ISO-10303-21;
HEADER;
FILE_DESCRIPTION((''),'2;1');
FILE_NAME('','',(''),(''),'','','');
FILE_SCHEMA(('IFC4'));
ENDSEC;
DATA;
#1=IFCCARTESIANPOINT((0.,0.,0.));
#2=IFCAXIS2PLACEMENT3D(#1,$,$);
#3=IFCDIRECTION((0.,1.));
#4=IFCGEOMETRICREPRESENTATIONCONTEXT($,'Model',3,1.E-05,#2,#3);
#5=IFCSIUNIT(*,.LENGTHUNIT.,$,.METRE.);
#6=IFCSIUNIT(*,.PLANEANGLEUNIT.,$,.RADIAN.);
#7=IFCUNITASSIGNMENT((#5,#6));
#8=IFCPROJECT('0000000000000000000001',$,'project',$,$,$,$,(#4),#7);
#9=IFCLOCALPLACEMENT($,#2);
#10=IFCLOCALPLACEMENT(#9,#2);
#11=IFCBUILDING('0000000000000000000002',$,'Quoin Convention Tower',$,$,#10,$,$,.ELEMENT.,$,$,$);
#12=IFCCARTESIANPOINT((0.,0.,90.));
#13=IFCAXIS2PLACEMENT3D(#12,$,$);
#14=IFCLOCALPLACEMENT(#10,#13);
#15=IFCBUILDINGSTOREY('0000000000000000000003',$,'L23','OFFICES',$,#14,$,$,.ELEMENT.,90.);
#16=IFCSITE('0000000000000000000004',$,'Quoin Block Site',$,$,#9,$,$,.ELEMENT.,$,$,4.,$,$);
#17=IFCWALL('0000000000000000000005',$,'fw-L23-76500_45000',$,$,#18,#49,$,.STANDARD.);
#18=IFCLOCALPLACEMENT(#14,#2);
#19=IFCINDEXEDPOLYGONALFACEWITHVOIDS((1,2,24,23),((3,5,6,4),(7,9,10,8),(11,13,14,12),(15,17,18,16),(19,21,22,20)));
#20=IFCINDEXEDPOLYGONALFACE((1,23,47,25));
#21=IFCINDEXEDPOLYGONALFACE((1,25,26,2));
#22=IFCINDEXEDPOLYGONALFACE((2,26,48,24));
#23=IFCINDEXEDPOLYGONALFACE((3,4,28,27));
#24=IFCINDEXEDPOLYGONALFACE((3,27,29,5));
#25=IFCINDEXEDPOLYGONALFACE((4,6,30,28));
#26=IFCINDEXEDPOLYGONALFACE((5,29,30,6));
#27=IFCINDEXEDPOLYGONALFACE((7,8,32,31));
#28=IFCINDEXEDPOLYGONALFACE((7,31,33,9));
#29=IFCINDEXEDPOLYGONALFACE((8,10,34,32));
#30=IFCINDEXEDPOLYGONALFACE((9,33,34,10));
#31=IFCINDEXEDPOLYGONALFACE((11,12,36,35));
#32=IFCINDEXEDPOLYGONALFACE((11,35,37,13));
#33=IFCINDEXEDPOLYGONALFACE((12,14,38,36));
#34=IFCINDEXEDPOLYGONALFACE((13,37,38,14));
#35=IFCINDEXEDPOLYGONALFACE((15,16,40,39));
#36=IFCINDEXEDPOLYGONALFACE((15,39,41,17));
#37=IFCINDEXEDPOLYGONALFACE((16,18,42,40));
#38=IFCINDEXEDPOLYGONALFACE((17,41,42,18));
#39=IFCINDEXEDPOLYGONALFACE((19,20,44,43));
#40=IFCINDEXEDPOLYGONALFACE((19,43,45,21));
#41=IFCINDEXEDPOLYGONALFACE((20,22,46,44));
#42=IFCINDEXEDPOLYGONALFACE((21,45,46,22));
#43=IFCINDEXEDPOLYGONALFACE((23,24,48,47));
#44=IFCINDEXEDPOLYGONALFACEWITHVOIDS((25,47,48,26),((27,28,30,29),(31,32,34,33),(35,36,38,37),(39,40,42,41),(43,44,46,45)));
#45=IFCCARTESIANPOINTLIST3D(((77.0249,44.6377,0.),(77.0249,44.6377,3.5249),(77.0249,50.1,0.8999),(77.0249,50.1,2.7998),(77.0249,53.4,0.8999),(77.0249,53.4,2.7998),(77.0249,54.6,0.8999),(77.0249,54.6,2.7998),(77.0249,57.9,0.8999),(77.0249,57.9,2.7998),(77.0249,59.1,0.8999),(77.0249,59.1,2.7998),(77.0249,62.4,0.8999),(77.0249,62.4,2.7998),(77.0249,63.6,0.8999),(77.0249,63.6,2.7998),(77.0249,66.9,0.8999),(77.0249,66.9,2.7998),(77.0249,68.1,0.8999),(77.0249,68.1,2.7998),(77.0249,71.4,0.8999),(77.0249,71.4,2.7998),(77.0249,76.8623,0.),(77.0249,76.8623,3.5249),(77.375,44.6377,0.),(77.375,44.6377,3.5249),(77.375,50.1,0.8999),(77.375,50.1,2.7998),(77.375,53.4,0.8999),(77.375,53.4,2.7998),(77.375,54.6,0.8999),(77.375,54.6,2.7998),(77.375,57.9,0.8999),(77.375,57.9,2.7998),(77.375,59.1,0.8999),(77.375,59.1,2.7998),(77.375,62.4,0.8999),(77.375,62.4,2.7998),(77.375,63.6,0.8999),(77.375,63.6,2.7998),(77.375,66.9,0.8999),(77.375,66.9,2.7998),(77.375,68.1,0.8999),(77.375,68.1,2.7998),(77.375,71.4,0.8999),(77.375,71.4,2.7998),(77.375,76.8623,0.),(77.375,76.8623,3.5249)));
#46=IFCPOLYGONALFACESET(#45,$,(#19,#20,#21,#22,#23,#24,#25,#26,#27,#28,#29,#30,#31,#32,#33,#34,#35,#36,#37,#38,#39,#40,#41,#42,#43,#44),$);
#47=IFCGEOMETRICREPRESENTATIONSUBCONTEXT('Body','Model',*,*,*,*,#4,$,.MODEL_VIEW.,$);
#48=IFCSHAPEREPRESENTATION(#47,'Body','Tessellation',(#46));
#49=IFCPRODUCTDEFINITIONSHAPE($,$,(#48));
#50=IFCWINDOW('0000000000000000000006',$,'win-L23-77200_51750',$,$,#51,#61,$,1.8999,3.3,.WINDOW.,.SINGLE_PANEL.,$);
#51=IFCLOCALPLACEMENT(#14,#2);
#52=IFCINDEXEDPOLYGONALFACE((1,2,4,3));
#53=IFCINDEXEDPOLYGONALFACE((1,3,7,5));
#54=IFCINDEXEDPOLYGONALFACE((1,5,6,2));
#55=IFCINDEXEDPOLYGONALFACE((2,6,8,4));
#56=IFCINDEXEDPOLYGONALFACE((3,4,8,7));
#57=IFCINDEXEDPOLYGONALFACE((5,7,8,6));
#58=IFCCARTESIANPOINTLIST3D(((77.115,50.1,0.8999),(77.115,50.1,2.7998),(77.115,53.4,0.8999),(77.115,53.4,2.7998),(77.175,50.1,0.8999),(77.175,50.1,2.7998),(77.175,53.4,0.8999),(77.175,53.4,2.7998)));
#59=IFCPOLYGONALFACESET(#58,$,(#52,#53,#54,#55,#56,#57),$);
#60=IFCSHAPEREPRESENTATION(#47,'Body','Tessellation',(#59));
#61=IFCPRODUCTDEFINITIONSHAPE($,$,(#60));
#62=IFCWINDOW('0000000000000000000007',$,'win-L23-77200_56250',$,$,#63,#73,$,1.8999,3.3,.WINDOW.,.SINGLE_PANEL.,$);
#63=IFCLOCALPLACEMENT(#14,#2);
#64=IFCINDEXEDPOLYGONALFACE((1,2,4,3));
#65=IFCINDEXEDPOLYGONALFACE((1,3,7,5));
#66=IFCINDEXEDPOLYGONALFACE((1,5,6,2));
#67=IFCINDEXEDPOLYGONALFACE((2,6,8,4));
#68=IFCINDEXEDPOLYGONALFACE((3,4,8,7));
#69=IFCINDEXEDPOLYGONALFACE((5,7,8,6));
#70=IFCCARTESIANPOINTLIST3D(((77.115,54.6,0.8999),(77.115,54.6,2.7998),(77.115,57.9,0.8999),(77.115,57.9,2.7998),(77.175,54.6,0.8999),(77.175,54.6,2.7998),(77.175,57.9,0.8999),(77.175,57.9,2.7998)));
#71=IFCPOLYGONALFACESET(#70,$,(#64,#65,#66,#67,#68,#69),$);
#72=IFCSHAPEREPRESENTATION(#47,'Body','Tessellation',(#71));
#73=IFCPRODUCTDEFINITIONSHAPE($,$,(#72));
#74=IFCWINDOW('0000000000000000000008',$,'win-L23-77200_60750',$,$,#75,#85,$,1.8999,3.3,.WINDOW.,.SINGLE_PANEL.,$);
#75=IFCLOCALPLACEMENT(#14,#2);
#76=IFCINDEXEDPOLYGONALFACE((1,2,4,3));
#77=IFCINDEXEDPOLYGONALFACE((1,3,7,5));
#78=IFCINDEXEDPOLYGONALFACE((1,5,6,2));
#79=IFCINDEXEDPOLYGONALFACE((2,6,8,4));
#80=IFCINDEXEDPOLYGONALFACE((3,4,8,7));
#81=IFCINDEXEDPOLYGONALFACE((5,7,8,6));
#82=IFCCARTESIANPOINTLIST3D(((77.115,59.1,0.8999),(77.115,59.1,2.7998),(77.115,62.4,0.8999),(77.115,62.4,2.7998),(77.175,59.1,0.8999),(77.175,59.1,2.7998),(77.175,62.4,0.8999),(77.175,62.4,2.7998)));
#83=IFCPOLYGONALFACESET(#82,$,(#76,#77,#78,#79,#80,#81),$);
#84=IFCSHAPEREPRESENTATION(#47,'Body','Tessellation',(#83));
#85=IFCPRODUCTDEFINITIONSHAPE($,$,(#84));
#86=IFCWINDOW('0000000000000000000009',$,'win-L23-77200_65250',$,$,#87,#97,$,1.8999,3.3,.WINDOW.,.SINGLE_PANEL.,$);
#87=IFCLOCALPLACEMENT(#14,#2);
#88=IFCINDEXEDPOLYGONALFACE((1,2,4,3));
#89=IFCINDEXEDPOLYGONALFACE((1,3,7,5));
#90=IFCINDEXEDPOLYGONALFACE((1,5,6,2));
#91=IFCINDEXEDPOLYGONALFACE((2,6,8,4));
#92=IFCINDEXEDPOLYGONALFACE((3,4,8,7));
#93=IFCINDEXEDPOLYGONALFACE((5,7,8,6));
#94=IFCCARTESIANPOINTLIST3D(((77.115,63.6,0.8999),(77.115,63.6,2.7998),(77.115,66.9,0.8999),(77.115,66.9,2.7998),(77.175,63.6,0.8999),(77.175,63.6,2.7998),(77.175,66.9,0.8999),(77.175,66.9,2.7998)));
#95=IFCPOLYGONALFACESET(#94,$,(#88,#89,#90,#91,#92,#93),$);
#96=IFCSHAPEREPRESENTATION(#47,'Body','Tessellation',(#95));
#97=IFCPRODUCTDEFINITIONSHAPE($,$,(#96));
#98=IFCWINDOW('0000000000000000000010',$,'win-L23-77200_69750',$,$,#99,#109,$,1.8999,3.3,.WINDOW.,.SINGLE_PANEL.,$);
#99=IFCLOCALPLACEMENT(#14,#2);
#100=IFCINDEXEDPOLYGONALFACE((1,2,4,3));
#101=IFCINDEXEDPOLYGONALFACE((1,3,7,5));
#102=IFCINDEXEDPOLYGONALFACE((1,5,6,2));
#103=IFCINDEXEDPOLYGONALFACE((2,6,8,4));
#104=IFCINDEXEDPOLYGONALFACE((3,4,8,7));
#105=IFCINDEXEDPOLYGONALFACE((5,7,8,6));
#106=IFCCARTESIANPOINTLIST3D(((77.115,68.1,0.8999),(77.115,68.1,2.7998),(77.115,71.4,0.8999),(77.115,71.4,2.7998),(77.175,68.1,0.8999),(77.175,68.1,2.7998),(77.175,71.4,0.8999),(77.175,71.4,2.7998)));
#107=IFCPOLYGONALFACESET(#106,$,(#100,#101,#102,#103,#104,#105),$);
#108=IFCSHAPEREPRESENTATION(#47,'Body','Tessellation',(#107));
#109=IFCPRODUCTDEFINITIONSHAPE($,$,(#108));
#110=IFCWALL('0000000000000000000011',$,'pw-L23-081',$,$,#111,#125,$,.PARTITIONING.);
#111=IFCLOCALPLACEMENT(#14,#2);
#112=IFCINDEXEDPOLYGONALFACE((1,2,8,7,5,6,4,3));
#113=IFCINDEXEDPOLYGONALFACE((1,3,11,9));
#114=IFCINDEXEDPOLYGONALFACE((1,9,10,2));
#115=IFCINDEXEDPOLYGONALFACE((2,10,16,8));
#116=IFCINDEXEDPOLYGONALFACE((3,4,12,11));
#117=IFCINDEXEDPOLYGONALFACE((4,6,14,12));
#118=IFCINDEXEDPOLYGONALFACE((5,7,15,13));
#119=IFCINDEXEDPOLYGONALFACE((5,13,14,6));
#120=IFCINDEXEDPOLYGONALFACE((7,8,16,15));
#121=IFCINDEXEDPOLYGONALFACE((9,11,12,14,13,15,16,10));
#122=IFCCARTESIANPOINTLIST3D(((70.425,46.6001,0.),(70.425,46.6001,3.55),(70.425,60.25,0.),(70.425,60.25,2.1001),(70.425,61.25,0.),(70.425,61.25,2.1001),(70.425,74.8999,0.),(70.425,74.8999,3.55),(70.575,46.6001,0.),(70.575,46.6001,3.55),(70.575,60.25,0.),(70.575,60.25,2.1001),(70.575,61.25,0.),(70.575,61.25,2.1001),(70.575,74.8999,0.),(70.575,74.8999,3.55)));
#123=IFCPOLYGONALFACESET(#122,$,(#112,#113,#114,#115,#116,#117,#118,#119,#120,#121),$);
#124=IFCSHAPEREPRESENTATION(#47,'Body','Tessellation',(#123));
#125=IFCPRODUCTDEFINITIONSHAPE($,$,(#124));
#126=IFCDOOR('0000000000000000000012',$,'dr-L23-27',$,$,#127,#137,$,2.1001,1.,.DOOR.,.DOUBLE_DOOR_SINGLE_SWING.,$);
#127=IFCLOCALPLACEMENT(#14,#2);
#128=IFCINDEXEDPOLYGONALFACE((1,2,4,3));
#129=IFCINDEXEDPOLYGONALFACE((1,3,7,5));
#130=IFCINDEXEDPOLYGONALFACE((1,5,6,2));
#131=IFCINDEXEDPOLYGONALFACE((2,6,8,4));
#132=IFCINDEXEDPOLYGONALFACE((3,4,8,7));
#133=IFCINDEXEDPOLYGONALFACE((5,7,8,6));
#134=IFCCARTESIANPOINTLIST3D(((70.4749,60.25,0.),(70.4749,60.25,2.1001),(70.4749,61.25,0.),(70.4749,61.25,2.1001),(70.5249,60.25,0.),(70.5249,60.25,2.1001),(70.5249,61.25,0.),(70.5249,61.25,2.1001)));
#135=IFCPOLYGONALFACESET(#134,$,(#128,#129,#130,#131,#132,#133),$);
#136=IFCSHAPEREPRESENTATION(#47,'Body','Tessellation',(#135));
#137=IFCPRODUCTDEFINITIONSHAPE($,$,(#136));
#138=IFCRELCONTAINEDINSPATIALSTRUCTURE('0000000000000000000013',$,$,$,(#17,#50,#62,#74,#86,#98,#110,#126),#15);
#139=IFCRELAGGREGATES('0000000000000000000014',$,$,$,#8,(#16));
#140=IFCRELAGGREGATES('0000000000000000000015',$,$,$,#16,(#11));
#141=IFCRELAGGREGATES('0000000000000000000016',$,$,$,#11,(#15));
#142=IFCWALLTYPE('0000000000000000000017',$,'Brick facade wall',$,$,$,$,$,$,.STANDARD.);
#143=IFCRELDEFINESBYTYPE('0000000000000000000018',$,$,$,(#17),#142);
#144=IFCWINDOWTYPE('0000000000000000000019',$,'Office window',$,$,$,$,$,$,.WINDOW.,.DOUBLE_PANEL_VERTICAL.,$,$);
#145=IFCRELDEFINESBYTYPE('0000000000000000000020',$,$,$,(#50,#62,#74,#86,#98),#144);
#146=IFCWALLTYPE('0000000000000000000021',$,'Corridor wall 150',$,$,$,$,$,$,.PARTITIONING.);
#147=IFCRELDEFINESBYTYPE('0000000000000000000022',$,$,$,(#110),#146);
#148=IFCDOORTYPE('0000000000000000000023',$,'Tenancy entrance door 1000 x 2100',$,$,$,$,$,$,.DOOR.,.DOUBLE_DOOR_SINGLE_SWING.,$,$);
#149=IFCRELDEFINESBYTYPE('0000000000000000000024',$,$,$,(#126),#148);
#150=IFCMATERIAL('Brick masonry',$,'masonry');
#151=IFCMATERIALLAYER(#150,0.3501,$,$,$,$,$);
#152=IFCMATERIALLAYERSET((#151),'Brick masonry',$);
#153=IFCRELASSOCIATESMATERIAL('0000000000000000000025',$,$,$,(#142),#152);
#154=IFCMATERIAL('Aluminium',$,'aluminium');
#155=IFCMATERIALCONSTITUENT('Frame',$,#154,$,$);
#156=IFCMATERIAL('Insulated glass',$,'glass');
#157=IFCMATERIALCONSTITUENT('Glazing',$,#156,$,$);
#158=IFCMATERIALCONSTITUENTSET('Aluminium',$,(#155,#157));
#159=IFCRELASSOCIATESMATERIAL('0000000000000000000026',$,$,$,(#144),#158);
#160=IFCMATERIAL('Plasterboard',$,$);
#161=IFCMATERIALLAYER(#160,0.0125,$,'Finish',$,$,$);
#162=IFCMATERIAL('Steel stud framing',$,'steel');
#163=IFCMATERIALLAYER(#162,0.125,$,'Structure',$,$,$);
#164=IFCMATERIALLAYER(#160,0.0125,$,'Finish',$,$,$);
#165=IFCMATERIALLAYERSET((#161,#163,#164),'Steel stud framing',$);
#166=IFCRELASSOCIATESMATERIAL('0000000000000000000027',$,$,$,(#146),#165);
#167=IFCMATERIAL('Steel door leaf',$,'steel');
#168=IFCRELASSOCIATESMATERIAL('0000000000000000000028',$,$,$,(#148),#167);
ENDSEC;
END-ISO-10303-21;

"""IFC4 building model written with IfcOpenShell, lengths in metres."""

from ifc_helpers import new_model, si_unit, direction, frame, frame_2d, origin, place, context, subcontext, project, spatial, rectangle, extrude, material, layer, layer_set, constituent, constituent_set, type_object, element, fill, save


model = new_model("IFC4")

# Units and contexts
model_context = context("Model", 3, precision=1e-05, world=origin(), true_north=direction((0.0, 1.0)))
body_context = subcontext(model_context, "Body", "Model", "MODEL_VIEW")
ifc_project = project(units=[si_unit("LENGTHUNIT", "METRE"), si_unit("PLANEANGLEUNIT", "RADIAN")], contexts=[model_context])

# Site, building, storey
site_placement = place(None, origin())
site = spatial("IfcSite", under=ifc_project, at=site_placement, Name="Quoin Block Site", CompositionType="ELEMENT", RefElevation=4.0)
building_placement = place(site_placement, origin())
building = spatial("IfcBuilding", under=site, at=building_placement, Name="Quoin Convention Tower", CompositionType="ELEMENT")
storey_placement = place(building_placement, frame((0.0, 0.0, 90.0)))
storey = spatial("IfcBuildingStorey", under=building, at=storey_placement, Name="L23", Description="OFFICES", CompositionType="ELEMENT", Elevation=90.0)

# Wall, openings, windows
ifc_material_1 = material(Name="Brick masonry", Category="masonry")
ifc_layer_1 = layer(ifc_material_1, 0.3501)
ifc_layer_set_1 = layer_set([ifc_layer_1], Name="Brick masonry")
wall_type_1 = type_object("IfcWallType", Name="Brick facade wall", PredefinedType="STANDARD", material=ifc_layer_set_1)
wall_1_placement = place(storey_placement, frame((77.2, 44.6377, 0.0), z_axis=(0.0, 0.0, 1.0), x_axis=(0.0, 1.0, 0.0)))
wall_1 = element("IfcWall", 1, at=wall_1_placement, inside=storey, type_object=wall_type_1, Name="fw-L23-76500_45000", PredefinedType="STANDARD", context=body_context, shape_type="SweptSolid", body=[
    extrude(rectangle(XDim=32.2246, YDim=0.3501, at=frame_2d((16.1123, 0.0))), origin(), (0.0, 0.0, 1.0), 3.5249),
])
opening_1_placement = place(wall_1_placement, frame((5.4624, 0.0, 0.8999)))
opening_1 = element("IfcOpeningElement", 2, at=opening_1_placement, cuts=wall_1, PredefinedType="OPENING", context=body_context, shape_type="SweptSolid", body=[
    extrude(rectangle(XDim=3.3, YDim=1.8999, at=frame_2d((1.6499, 0.95))), frame((0.0, 0.1851, 0.0), z_axis=(0.0, -1.0, 0.0), x_axis=(1.0, 0.0, 0.0)), (0.0, 0.0, 1.0), 0.3701),
])
opening_2_placement = place(wall_1_placement, frame((9.9624, 0.0, 0.8999)))
opening_2 = element("IfcOpeningElement", 3, at=opening_2_placement, cuts=wall_1, PredefinedType="OPENING", context=body_context, shape_type="SweptSolid", body=[
    extrude(rectangle(XDim=3.3, YDim=1.8999, at=frame_2d((1.6499, 0.95))), frame((0.0, 0.1851, 0.0), z_axis=(0.0, -1.0, 0.0), x_axis=(1.0, 0.0, 0.0)), (0.0, 0.0, 1.0), 0.3701),
])
opening_3_placement = place(wall_1_placement, frame((14.4624, 0.0, 0.8999)))
opening_3 = element("IfcOpeningElement", 4, at=opening_3_placement, cuts=wall_1, PredefinedType="OPENING", context=body_context, shape_type="SweptSolid", body=[
    extrude(rectangle(XDim=3.3, YDim=1.8999, at=frame_2d((1.6499, 0.95))), frame((0.0, 0.1851, 0.0), z_axis=(0.0, -1.0, 0.0), x_axis=(1.0, 0.0, 0.0)), (0.0, 0.0, 1.0), 0.3701),
])
opening_4_placement = place(wall_1_placement, frame((18.9624, 0.0, 0.8999)))
opening_4 = element("IfcOpeningElement", 5, at=opening_4_placement, cuts=wall_1, PredefinedType="OPENING", context=body_context, shape_type="SweptSolid", body=[
    extrude(rectangle(XDim=3.3, YDim=1.8999, at=frame_2d((1.6499, 0.95))), frame((0.0, 0.1851, 0.0), z_axis=(0.0, -1.0, 0.0), x_axis=(1.0, 0.0, 0.0)), (0.0, 0.0, 1.0), 0.3701),
])
opening_5_placement = place(wall_1_placement, frame((23.4624, 0.0, 0.8999)))
opening_5 = element("IfcOpeningElement", 6, at=opening_5_placement, cuts=wall_1, PredefinedType="OPENING", context=body_context, shape_type="SweptSolid", body=[
    extrude(rectangle(XDim=3.3, YDim=1.8999, at=frame_2d((1.6499, 0.95))), frame((0.0, 0.1851, 0.0), z_axis=(0.0, -1.0, 0.0), x_axis=(1.0, 0.0, 0.0)), (0.0, 0.0, 1.0), 0.3701),
])
ifc_material_2 = material(Name="Aluminium", Category="aluminium")
ifc_constituent_1 = constituent(ifc_material_2, Name="Frame")
ifc_material_3 = material(Name="Insulated glass", Category="glass")
ifc_constituent_2 = constituent(ifc_material_3, Name="Glazing")
ifc_constituent_set = constituent_set(constituents=[ifc_constituent_1, ifc_constituent_2], Name="Aluminium")
window_type = type_object("IfcWindowType", Name="Office window", PartitioningType="DOUBLE_PANEL_VERTICAL", PredefinedType="WINDOW", material=ifc_constituent_set)
window_1_placement = place(opening_1_placement, origin())
window_1 = element("IfcWindow", 7, at=window_1_placement, inside=storey, type_object=window_type, Name="win-L23-77200_51750", OverallHeight=1.8999, OverallWidth=3.3, PartitioningType="SINGLE_PANEL", PredefinedType="WINDOW", context=body_context, shape_type="SweptSolid", body=[
    extrude(rectangle(XDim=3.3, YDim=1.8999, at=frame_2d((1.6499, 0.95))), frame((0.0, 0.085, 0.0), z_axis=(0.0, -1.0, 0.0), x_axis=(1.0, 0.0, 0.0)), (0.0, 0.0, 1.0), 0.0601),
])
fill(opening_1, window_1)
window_2_placement = place(opening_2_placement, origin())
window_2 = element("IfcWindow", 8, at=window_2_placement, inside=storey, type_object=window_type, Name="win-L23-77200_56250", OverallHeight=1.8999, OverallWidth=3.3, PartitioningType="SINGLE_PANEL", PredefinedType="WINDOW", context=body_context, shape_type="SweptSolid", body=[
    extrude(rectangle(XDim=3.3, YDim=1.8999, at=frame_2d((1.6499, 0.95))), frame((0.0, 0.085, 0.0), z_axis=(0.0, -1.0, 0.0), x_axis=(1.0, 0.0, 0.0)), (0.0, 0.0, 1.0), 0.0601),
])
fill(opening_2, window_2)
window_3_placement = place(opening_3_placement, origin())
window_3 = element("IfcWindow", 9, at=window_3_placement, inside=storey, type_object=window_type, Name="win-L23-77200_60750", OverallHeight=1.8999, OverallWidth=3.3, PartitioningType="SINGLE_PANEL", PredefinedType="WINDOW", context=body_context, shape_type="SweptSolid", body=[
    extrude(rectangle(XDim=3.3, YDim=1.8999, at=frame_2d((1.6499, 0.95))), frame((0.0, 0.085, 0.0), z_axis=(0.0, -1.0, 0.0), x_axis=(1.0, 0.0, 0.0)), (0.0, 0.0, 1.0), 0.0601),
])
fill(opening_3, window_3)
window_4_placement = place(opening_4_placement, origin())
window_4 = element("IfcWindow", 10, at=window_4_placement, inside=storey, type_object=window_type, Name="win-L23-77200_65250", OverallHeight=1.8999, OverallWidth=3.3, PartitioningType="SINGLE_PANEL", PredefinedType="WINDOW", context=body_context, shape_type="SweptSolid", body=[
    extrude(rectangle(XDim=3.3, YDim=1.8999, at=frame_2d((1.6499, 0.95))), frame((0.0, 0.085, 0.0), z_axis=(0.0, -1.0, 0.0), x_axis=(1.0, 0.0, 0.0)), (0.0, 0.0, 1.0), 0.0601),
])
fill(opening_4, window_4)
window_5_placement = place(opening_5_placement, origin())
window_5 = element("IfcWindow", 11, at=window_5_placement, inside=storey, type_object=window_type, Name="win-L23-77200_69750", OverallHeight=1.8999, OverallWidth=3.3, PartitioningType="SINGLE_PANEL", PredefinedType="WINDOW", context=body_context, shape_type="SweptSolid", body=[
    extrude(rectangle(XDim=3.3, YDim=1.8999, at=frame_2d((1.6499, 0.95))), frame((0.0, 0.085, 0.0), z_axis=(0.0, -1.0, 0.0), x_axis=(1.0, 0.0, 0.0)), (0.0, 0.0, 1.0), 0.0601),
])
fill(opening_5, window_5)

# Wall, opening, door
ifc_material_4 = material(Name="Plasterboard")
ifc_layer_2 = layer(ifc_material_4, 0.0125, Name="Finish")
ifc_material_5 = material(Name="Steel stud framing", Category="steel")
ifc_layer_3 = layer(ifc_material_5, 0.125, Name="Structure")
ifc_layer_4 = layer(ifc_material_4, 0.0125, Name="Finish")
ifc_layer_set_2 = layer_set([ifc_layer_2, ifc_layer_3, ifc_layer_4], Name="Steel stud framing")
wall_type_2 = type_object("IfcWallType", Name="Corridor wall 150", PredefinedType="PARTITIONING", material=ifc_layer_set_2)
wall_2_placement = place(storey_placement, frame((70.5, 46.6001, 0.0), z_axis=(0.0, 0.0, 1.0), x_axis=(0.0, 1.0, 0.0)))
wall_2 = element("IfcWall", 12, at=wall_2_placement, inside=storey, type_object=wall_type_2, Name="pw-L23-081", PredefinedType="PARTITIONING", context=body_context, shape_type="SweptSolid", body=[
    extrude(rectangle(XDim=28.2998, YDim=0.1499, at=frame_2d((14.1499, 0.0))), origin(), (0.0, 0.0, 1.0), 3.55),
])
opening_6_placement = place(wall_2_placement, frame((13.6499, 0.0, 0.0)))
opening_6 = element("IfcOpeningElement", 13, at=opening_6_placement, cuts=wall_2, PredefinedType="OPENING", context=body_context, shape_type="SweptSolid", body=[
    extrude(rectangle(XDim=1.0, YDim=2.1001, at=frame_2d((0.5, 1.05))), frame((0.0, 0.085, 0.0), z_axis=(0.0, -1.0, 0.0), x_axis=(1.0, 0.0, 0.0)), (0.0, 0.0, 1.0), 0.1699),
])
ifc_material_6 = material(Name="Steel door leaf", Category="steel")
door_type_1 = type_object("IfcDoorType", Name="Tenancy entrance door 1000 x 2100", OperationType="DOUBLE_DOOR_SINGLE_SWING", PredefinedType="DOOR", material=ifc_material_6)
door_1_placement = place(opening_6_placement, frame((1.0, 0.0, 0.0), z_axis=(0.0, 0.0, 1.0), x_axis=(-1.0, 0.0, 0.0)))
door_1 = element("IfcDoor", 14, at=door_1_placement, inside=storey, type_object=door_type_1, Name="dr-L23-27", OperationType="DOUBLE_DOOR_SINGLE_SWING", OverallHeight=2.1001, OverallWidth=1.0, PredefinedType="DOOR", context=body_context, shape_type="SweptSolid", body=[
    extrude(rectangle(XDim=1.0, YDim=2.1001, at=frame_2d((0.5, 1.05))), frame((0.0, 0.0249, 0.0), z_axis=(0.0, -1.0, 0.0), x_axis=(1.0, 0.0, 0.0)), (0.0, 0.0, 1.0), 0.05),
])
fill(opening_6, door_1)

save(model, "model.ifc")
